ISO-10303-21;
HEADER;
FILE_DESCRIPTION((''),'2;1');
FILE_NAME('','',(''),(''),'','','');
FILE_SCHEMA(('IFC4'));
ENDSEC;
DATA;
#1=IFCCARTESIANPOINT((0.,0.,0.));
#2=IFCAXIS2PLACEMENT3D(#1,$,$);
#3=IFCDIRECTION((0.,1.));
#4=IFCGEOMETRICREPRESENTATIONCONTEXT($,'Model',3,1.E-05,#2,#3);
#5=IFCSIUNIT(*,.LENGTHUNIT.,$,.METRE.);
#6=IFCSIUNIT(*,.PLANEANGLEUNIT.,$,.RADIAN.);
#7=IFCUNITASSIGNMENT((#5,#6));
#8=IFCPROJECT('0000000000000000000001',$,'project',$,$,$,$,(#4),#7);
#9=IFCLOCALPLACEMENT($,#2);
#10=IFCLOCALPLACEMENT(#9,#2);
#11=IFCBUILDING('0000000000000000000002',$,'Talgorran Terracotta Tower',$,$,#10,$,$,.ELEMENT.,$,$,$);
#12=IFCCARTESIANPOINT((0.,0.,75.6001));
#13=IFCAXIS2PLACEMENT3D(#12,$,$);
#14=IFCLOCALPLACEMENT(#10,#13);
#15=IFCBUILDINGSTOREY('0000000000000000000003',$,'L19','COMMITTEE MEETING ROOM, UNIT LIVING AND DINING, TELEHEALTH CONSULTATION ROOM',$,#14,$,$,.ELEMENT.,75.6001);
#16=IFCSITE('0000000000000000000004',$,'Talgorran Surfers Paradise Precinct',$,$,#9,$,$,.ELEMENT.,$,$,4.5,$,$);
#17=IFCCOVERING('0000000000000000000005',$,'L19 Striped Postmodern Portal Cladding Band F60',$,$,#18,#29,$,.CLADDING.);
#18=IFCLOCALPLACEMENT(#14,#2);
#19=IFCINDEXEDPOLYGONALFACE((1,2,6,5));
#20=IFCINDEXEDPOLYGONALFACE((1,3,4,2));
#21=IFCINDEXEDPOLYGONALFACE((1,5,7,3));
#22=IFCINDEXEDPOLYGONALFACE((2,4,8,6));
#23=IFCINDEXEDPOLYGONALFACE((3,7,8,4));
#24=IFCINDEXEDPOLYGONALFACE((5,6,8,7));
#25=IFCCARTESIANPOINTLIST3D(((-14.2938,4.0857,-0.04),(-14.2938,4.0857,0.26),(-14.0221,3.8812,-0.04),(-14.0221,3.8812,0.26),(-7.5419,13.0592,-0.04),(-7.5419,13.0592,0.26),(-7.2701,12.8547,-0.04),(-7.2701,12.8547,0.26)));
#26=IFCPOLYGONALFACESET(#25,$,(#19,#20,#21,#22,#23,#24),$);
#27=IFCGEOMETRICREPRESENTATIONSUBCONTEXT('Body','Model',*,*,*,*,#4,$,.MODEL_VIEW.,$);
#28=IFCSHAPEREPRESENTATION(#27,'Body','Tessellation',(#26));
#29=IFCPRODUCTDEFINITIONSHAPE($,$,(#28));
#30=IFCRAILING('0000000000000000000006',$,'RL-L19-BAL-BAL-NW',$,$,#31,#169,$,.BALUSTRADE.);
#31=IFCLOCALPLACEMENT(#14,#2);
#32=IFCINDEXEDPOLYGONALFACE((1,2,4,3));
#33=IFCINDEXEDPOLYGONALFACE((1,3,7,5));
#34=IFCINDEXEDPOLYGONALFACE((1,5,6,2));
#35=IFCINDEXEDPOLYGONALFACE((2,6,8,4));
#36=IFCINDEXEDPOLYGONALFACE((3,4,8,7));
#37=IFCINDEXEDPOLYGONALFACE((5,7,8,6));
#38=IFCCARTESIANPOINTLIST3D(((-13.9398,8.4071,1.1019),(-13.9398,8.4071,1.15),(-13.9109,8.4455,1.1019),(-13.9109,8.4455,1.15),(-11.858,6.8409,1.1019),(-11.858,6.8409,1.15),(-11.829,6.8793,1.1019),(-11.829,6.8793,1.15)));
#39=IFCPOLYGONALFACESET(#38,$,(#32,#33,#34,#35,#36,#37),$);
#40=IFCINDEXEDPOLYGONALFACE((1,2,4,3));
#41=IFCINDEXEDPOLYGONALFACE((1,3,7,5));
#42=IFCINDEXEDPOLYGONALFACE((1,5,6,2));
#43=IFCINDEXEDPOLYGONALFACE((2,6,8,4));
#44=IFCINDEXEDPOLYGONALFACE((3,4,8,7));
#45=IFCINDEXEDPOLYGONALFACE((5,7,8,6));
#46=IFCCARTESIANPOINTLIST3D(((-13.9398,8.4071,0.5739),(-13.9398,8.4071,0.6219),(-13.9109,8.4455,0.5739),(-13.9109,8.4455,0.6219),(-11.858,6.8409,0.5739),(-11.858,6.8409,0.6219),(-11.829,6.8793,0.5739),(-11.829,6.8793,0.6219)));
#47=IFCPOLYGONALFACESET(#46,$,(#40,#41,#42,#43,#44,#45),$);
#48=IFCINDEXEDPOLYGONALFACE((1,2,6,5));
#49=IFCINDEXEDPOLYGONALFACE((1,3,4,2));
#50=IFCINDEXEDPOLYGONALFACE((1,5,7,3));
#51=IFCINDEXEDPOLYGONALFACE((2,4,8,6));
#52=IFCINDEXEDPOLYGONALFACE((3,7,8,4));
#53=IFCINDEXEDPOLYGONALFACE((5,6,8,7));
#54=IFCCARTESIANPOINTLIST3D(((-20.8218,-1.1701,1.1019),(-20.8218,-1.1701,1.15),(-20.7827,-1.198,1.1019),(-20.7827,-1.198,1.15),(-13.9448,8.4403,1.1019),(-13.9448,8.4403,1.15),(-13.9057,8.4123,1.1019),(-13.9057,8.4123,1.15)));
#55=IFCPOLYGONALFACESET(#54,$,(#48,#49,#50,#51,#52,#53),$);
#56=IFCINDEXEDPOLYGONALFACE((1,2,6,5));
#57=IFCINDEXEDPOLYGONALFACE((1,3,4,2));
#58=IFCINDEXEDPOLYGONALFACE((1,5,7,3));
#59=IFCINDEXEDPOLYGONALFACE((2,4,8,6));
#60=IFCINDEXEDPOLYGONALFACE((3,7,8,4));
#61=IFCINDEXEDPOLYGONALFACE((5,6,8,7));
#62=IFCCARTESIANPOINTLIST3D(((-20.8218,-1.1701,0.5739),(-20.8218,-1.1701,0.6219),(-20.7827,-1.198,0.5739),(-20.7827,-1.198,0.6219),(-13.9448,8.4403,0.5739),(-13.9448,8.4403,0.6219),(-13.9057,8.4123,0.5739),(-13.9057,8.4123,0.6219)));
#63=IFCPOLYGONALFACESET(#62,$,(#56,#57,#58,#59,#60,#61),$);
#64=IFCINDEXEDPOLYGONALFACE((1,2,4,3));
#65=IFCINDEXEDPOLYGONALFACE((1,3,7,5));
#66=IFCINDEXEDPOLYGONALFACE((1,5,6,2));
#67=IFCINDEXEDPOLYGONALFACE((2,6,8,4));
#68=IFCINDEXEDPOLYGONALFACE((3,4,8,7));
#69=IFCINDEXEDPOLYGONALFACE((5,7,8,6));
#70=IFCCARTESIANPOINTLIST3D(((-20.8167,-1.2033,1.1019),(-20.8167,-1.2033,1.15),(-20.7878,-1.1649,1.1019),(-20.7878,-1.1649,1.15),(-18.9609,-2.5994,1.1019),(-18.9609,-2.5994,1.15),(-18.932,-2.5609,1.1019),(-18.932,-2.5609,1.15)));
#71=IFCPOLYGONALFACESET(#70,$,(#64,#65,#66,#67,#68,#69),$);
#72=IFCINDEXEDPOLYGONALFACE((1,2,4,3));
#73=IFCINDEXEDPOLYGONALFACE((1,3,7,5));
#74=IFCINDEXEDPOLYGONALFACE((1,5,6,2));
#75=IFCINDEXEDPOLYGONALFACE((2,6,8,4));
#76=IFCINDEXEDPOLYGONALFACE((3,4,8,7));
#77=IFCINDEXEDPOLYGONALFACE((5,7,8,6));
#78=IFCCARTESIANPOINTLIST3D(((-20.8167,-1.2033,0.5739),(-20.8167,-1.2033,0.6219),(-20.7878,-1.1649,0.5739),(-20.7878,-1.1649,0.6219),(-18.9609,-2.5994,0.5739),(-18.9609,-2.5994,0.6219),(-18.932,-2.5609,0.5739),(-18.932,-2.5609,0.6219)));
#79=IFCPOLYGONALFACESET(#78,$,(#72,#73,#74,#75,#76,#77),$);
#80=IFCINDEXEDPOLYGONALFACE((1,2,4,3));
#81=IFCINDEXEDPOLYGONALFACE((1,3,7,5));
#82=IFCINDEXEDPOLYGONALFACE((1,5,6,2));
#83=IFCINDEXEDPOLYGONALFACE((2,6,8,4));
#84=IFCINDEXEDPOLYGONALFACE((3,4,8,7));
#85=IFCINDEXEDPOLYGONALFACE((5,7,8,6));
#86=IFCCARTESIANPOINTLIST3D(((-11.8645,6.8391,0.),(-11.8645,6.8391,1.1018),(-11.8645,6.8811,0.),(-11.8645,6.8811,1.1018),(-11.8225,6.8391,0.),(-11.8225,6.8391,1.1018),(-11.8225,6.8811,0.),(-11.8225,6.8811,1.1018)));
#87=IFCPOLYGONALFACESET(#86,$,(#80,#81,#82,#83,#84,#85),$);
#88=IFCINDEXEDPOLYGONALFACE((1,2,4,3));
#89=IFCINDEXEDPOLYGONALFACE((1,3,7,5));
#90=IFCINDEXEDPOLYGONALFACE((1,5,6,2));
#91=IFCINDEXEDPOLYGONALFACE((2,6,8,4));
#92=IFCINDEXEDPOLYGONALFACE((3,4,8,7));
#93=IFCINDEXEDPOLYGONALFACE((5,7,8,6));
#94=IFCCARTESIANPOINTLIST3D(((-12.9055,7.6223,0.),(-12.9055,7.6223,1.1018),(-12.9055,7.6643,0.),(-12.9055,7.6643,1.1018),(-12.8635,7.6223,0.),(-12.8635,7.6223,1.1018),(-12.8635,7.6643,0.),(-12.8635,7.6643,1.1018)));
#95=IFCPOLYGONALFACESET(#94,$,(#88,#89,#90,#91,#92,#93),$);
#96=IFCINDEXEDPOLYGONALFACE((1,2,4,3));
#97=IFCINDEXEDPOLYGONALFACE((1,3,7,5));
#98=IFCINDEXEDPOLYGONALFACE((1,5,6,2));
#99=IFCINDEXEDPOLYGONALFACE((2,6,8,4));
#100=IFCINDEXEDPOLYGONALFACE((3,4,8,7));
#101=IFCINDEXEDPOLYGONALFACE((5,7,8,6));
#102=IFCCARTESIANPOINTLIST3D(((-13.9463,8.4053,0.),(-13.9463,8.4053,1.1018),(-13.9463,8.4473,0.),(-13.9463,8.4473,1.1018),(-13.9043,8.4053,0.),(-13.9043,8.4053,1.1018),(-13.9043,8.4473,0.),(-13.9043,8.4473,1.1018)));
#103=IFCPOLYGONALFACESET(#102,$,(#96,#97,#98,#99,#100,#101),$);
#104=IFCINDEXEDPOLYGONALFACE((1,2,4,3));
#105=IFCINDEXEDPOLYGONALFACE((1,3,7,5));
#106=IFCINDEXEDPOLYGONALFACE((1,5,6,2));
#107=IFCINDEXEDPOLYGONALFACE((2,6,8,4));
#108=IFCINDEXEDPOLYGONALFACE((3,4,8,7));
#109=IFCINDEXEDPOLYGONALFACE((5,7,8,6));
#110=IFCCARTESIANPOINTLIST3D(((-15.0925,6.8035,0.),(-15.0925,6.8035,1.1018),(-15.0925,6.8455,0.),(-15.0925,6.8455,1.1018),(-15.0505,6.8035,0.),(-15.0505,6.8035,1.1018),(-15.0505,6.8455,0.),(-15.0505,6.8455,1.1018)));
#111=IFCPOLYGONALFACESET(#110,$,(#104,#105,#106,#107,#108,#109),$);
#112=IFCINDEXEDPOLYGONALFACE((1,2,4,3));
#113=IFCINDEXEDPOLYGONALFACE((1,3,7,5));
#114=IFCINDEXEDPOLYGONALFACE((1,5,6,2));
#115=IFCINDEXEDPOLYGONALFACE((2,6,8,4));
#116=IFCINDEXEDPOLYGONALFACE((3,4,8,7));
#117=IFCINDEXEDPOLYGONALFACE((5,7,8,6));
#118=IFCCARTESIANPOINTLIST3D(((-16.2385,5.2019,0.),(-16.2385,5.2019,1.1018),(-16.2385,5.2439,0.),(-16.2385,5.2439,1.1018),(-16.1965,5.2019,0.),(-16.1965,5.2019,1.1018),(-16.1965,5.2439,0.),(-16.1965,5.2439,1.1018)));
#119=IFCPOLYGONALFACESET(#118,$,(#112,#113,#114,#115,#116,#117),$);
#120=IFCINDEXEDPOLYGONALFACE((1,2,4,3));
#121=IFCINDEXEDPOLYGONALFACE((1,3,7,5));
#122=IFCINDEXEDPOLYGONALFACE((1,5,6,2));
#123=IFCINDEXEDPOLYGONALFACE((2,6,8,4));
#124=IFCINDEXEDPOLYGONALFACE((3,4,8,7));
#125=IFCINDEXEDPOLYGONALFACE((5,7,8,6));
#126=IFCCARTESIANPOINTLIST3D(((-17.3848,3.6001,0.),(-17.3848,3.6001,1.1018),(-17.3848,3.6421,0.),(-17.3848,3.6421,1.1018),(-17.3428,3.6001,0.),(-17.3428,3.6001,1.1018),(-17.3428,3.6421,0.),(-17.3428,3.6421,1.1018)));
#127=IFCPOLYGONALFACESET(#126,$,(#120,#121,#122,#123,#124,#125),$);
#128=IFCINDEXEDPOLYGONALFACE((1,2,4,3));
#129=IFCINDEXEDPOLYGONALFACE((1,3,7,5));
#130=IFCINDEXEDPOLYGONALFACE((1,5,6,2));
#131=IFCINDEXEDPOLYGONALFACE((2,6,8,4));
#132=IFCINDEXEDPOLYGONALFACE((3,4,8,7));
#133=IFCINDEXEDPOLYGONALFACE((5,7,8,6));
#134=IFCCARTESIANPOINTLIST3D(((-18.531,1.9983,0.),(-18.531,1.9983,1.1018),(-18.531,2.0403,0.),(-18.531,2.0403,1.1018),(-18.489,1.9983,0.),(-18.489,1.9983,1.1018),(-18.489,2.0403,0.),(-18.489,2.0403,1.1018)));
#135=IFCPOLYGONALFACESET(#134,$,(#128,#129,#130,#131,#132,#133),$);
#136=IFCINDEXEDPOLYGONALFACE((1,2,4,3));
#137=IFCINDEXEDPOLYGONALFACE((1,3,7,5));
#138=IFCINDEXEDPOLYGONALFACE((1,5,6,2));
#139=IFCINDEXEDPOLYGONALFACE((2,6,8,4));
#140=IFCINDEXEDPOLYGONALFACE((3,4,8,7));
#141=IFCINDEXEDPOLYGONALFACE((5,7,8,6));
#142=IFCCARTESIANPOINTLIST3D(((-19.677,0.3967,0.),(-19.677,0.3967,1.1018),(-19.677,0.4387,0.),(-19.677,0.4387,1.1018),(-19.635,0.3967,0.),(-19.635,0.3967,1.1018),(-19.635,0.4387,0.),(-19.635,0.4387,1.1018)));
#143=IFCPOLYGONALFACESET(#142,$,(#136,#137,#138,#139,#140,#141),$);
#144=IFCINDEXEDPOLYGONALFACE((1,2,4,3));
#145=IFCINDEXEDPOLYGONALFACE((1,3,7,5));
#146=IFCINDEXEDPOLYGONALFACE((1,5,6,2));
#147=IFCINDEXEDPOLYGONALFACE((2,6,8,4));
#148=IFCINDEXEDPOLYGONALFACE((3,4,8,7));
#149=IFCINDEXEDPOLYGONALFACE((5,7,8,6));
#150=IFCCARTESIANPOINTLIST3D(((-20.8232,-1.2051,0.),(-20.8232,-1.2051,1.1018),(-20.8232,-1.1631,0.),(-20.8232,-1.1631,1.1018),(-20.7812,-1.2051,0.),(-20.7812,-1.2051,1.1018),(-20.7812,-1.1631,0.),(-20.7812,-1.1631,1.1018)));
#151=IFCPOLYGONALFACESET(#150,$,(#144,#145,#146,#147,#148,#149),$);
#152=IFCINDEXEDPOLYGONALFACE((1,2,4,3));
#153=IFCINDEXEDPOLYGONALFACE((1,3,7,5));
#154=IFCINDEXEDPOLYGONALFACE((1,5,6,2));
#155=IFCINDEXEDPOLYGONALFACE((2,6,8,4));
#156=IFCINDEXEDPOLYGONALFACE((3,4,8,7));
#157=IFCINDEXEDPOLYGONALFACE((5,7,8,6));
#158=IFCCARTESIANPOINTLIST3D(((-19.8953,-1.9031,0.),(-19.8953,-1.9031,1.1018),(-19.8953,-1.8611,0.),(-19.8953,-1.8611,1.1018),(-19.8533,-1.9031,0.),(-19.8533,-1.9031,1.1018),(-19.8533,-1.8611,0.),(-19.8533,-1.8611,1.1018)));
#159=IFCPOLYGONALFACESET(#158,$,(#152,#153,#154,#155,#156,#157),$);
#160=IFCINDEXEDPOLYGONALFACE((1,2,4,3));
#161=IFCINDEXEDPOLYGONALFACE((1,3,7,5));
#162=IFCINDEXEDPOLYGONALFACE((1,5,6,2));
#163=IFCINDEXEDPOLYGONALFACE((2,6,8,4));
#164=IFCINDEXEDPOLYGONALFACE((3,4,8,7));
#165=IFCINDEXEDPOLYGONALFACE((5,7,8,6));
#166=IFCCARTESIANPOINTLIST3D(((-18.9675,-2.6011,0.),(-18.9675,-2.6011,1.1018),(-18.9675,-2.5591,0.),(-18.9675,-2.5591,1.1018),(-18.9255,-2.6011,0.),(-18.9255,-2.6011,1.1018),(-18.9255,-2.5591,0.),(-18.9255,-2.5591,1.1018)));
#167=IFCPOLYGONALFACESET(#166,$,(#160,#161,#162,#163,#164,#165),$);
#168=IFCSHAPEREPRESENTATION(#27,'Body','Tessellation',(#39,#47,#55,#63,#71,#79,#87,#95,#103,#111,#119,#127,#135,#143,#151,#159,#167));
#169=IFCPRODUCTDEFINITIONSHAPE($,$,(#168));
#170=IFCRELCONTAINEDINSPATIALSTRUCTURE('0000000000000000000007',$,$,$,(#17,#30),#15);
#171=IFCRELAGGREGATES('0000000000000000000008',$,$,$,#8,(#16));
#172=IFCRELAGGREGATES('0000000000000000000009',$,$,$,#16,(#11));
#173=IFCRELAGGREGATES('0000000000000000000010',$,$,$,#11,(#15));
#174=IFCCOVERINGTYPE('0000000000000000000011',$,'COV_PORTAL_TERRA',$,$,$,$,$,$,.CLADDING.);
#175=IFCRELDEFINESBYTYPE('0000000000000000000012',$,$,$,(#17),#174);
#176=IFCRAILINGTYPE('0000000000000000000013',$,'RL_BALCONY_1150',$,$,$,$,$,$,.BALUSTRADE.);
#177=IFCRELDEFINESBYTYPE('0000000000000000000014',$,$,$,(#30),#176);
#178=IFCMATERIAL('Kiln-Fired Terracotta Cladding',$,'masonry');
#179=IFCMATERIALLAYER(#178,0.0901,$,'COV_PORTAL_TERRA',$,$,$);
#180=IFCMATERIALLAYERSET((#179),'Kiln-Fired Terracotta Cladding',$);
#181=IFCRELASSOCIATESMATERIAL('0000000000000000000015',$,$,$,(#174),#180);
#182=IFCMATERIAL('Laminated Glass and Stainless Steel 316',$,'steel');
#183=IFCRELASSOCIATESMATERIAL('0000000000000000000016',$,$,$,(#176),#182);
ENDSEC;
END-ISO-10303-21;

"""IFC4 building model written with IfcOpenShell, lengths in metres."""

from ifc_helpers import new_model, si_unit, direction, frame, origin, origin_2d, place, context, subcontext, project, spatial, rectangle, extrude, material, layer, layer_set, type_object, element, save


model = new_model("IFC4")

# Units and contexts
model_context = context("Model", 3, precision=1e-05, world=origin(), true_north=direction((0.0, 1.0)))
body_context = subcontext(model_context, "Body", "Model", "MODEL_VIEW")
ifc_project = project(units=[si_unit("LENGTHUNIT", "METRE"), si_unit("PLANEANGLEUNIT", "RADIAN")], contexts=[model_context])

# Site, building, storey
site_placement = place(None, origin())
site = spatial("IfcSite", under=ifc_project, at=site_placement, Name="Talgorran Surfers Paradise Precinct", CompositionType="ELEMENT", RefElevation=4.5)
building_placement = place(site_placement, origin())
building = spatial("IfcBuilding", under=site, at=building_placement, Name="Talgorran Terracotta Tower", CompositionType="ELEMENT")
storey_placement = place(building_placement, frame((0.0, 0.0, 75.6001)))
storey = spatial("IfcBuildingStorey", under=building, at=storey_placement, Name="L19", Description="COMMITTEE MEETING ROOM, UNIT LIVING AND DINING, TELEHEALTH CONSULTATION ROOM", CompositionType="ELEMENT", Elevation=75.6001)

# Covering
ifc_material_1 = material(Name="Kiln-Fired Terracotta Cladding", Category="masonry")
ifc_layer_1 = layer(ifc_material_1, 0.0901, Name="COV_PORTAL_TERRA")
ifc_layer_set_1 = layer_set([ifc_layer_1], Name="Kiln-Fired Terracotta Cladding")
covering_type_1 = type_object("IfcCoveringType", Name="COV_PORTAL_TERRA", PredefinedType="CLADDING", material=ifc_layer_set_1)
covering_1_placement = place(storey_placement, frame((-10.782, 8.4702, -0.04), z_axis=(0.0, 0.0, 1.0), x_axis=(-0.601243, -0.799066, 0.0)))
element("IfcCovering", 1, at=covering_1_placement, inside=storey, type_object=covering_type_1, Name="L19 Striped Postmodern Portal Cladding Band F60", PredefinedType="CLADDING", context=body_context, shape_type="SweptSolid", body=[
    extrude(rectangle(XDim=11.23, YDim=0.3401, at=origin_2d()), origin(), (0.0, 0.0, 1.0), 0.3),
])

# Railing
ifc_material_2 = material(Name="Laminated Glass and Stainless Steel 316", Category="steel")
railing_type = type_object("IfcRailingType", Name="RL_BALCONY_1150", PredefinedType="BALUSTRADE", material=ifc_material_2)
railing_placement = place(storey_placement, frame((-11.8435, 6.8601, 0.0)))
element("IfcRailing", 2, at=railing_placement, inside=storey, type_object=railing_type, Name="RL-L19-BAL-BAL-NW", PredefinedType="BALUSTRADE", context=body_context, shape_type="SweptSolid", body=[
    extrude(rectangle(XDim=0.0481, YDim=0.0481, at=origin_2d()), frame((0.0, 0.0, 1.126), z_axis=(-0.799111, 0.601184, 0.0), x_axis=(-0.601184, -0.799111, 0.0)), (0.0, 0.0, 1.0), 2.6052),
    extrude(rectangle(XDim=0.0481, YDim=0.0481, at=origin_2d()), frame((0.0, 0.0, 0.5979), z_axis=(-0.799111, 0.601184, 0.0), x_axis=(-0.601184, -0.799111, 0.0)), (0.0, 0.0, 1.0), 2.6052),
    extrude(rectangle(XDim=0.0481, YDim=0.0481, at=origin_2d()), frame((-2.0818, 1.5662, 1.126), z_axis=(-0.581934, -0.813236, 0.0), x_axis=(0.813236, -0.581934, 0.0)), (0.0, 0.0, 1.0), 11.8174),
    extrude(rectangle(XDim=0.0481, YDim=0.0481, at=origin_2d()), frame((-2.0818, 1.5662, 0.5979), z_axis=(-0.581934, -0.813236, 0.0), x_axis=(0.813236, -0.581934, 0.0)), (0.0, 0.0, 1.0), 11.8174),
    extrude(rectangle(XDim=0.0481, YDim=0.0481, at=origin_2d()), frame((-8.9587, -8.0442, 1.126), z_axis=(0.799129, -0.60116, 0.0), x_axis=(0.60116, 0.799129, 0.0)), (0.0, 0.0, 1.0), 2.3223),
    extrude(rectangle(XDim=0.0481, YDim=0.0481, at=origin_2d()), frame((-8.9587, -8.0442, 0.5979), z_axis=(0.799129, -0.60116, 0.0), x_axis=(0.60116, 0.799129, 0.0)), (0.0, 0.0, 1.0), 2.3223),
    extrude(rectangle(XDim=0.042, YDim=0.042, at=origin_2d()), origin(), (0.0, 0.0, 1.0), 1.1018),
    extrude(rectangle(XDim=0.042, YDim=0.042, at=origin_2d()), frame((-1.041, 0.7832, 0.0)), (0.0, 0.0, 1.0), 1.1018),
    extrude(rectangle(XDim=0.042, YDim=0.042, at=origin_2d()), frame((-2.0818, 1.5662, 0.0)), (0.0, 0.0, 1.0), 1.1018),
    extrude(rectangle(XDim=0.042, YDim=0.042, at=origin_2d()), frame((-3.228, -0.0356, 0.0)), (0.0, 0.0, 1.0), 1.1018),
    extrude(rectangle(XDim=0.042, YDim=0.042, at=origin_2d()), frame((-4.374, -1.6372, 0.0)), (0.0, 0.0, 1.0), 1.1018),
    extrude(rectangle(XDim=0.042, YDim=0.042, at=origin_2d()), frame((-5.5203, -3.239, 0.0)), (0.0, 0.0, 1.0), 1.1018),
    extrude(rectangle(XDim=0.042, YDim=0.042, at=origin_2d()), frame((-6.6665, -4.8408, 0.0)), (0.0, 0.0, 1.0), 1.1018),
    extrude(rectangle(XDim=0.042, YDim=0.042, at=origin_2d()), frame((-7.8125, -6.4424, 0.0)), (0.0, 0.0, 1.0), 1.1018),
    extrude(rectangle(XDim=0.042, YDim=0.042, at=origin_2d()), frame((-8.9587, -8.0442, 0.0)), (0.0, 0.0, 1.0), 1.1018),
    extrude(rectangle(XDim=0.042, YDim=0.042, at=origin_2d()), frame((-8.0308, -8.7422, 0.0)), (0.0, 0.0, 1.0), 1.1018),
    extrude(rectangle(XDim=0.042, YDim=0.042, at=origin_2d()), frame((-7.103, -9.4402, 0.0)), (0.0, 0.0, 1.0), 1.1018),
])

save(model, "model.ifc")
